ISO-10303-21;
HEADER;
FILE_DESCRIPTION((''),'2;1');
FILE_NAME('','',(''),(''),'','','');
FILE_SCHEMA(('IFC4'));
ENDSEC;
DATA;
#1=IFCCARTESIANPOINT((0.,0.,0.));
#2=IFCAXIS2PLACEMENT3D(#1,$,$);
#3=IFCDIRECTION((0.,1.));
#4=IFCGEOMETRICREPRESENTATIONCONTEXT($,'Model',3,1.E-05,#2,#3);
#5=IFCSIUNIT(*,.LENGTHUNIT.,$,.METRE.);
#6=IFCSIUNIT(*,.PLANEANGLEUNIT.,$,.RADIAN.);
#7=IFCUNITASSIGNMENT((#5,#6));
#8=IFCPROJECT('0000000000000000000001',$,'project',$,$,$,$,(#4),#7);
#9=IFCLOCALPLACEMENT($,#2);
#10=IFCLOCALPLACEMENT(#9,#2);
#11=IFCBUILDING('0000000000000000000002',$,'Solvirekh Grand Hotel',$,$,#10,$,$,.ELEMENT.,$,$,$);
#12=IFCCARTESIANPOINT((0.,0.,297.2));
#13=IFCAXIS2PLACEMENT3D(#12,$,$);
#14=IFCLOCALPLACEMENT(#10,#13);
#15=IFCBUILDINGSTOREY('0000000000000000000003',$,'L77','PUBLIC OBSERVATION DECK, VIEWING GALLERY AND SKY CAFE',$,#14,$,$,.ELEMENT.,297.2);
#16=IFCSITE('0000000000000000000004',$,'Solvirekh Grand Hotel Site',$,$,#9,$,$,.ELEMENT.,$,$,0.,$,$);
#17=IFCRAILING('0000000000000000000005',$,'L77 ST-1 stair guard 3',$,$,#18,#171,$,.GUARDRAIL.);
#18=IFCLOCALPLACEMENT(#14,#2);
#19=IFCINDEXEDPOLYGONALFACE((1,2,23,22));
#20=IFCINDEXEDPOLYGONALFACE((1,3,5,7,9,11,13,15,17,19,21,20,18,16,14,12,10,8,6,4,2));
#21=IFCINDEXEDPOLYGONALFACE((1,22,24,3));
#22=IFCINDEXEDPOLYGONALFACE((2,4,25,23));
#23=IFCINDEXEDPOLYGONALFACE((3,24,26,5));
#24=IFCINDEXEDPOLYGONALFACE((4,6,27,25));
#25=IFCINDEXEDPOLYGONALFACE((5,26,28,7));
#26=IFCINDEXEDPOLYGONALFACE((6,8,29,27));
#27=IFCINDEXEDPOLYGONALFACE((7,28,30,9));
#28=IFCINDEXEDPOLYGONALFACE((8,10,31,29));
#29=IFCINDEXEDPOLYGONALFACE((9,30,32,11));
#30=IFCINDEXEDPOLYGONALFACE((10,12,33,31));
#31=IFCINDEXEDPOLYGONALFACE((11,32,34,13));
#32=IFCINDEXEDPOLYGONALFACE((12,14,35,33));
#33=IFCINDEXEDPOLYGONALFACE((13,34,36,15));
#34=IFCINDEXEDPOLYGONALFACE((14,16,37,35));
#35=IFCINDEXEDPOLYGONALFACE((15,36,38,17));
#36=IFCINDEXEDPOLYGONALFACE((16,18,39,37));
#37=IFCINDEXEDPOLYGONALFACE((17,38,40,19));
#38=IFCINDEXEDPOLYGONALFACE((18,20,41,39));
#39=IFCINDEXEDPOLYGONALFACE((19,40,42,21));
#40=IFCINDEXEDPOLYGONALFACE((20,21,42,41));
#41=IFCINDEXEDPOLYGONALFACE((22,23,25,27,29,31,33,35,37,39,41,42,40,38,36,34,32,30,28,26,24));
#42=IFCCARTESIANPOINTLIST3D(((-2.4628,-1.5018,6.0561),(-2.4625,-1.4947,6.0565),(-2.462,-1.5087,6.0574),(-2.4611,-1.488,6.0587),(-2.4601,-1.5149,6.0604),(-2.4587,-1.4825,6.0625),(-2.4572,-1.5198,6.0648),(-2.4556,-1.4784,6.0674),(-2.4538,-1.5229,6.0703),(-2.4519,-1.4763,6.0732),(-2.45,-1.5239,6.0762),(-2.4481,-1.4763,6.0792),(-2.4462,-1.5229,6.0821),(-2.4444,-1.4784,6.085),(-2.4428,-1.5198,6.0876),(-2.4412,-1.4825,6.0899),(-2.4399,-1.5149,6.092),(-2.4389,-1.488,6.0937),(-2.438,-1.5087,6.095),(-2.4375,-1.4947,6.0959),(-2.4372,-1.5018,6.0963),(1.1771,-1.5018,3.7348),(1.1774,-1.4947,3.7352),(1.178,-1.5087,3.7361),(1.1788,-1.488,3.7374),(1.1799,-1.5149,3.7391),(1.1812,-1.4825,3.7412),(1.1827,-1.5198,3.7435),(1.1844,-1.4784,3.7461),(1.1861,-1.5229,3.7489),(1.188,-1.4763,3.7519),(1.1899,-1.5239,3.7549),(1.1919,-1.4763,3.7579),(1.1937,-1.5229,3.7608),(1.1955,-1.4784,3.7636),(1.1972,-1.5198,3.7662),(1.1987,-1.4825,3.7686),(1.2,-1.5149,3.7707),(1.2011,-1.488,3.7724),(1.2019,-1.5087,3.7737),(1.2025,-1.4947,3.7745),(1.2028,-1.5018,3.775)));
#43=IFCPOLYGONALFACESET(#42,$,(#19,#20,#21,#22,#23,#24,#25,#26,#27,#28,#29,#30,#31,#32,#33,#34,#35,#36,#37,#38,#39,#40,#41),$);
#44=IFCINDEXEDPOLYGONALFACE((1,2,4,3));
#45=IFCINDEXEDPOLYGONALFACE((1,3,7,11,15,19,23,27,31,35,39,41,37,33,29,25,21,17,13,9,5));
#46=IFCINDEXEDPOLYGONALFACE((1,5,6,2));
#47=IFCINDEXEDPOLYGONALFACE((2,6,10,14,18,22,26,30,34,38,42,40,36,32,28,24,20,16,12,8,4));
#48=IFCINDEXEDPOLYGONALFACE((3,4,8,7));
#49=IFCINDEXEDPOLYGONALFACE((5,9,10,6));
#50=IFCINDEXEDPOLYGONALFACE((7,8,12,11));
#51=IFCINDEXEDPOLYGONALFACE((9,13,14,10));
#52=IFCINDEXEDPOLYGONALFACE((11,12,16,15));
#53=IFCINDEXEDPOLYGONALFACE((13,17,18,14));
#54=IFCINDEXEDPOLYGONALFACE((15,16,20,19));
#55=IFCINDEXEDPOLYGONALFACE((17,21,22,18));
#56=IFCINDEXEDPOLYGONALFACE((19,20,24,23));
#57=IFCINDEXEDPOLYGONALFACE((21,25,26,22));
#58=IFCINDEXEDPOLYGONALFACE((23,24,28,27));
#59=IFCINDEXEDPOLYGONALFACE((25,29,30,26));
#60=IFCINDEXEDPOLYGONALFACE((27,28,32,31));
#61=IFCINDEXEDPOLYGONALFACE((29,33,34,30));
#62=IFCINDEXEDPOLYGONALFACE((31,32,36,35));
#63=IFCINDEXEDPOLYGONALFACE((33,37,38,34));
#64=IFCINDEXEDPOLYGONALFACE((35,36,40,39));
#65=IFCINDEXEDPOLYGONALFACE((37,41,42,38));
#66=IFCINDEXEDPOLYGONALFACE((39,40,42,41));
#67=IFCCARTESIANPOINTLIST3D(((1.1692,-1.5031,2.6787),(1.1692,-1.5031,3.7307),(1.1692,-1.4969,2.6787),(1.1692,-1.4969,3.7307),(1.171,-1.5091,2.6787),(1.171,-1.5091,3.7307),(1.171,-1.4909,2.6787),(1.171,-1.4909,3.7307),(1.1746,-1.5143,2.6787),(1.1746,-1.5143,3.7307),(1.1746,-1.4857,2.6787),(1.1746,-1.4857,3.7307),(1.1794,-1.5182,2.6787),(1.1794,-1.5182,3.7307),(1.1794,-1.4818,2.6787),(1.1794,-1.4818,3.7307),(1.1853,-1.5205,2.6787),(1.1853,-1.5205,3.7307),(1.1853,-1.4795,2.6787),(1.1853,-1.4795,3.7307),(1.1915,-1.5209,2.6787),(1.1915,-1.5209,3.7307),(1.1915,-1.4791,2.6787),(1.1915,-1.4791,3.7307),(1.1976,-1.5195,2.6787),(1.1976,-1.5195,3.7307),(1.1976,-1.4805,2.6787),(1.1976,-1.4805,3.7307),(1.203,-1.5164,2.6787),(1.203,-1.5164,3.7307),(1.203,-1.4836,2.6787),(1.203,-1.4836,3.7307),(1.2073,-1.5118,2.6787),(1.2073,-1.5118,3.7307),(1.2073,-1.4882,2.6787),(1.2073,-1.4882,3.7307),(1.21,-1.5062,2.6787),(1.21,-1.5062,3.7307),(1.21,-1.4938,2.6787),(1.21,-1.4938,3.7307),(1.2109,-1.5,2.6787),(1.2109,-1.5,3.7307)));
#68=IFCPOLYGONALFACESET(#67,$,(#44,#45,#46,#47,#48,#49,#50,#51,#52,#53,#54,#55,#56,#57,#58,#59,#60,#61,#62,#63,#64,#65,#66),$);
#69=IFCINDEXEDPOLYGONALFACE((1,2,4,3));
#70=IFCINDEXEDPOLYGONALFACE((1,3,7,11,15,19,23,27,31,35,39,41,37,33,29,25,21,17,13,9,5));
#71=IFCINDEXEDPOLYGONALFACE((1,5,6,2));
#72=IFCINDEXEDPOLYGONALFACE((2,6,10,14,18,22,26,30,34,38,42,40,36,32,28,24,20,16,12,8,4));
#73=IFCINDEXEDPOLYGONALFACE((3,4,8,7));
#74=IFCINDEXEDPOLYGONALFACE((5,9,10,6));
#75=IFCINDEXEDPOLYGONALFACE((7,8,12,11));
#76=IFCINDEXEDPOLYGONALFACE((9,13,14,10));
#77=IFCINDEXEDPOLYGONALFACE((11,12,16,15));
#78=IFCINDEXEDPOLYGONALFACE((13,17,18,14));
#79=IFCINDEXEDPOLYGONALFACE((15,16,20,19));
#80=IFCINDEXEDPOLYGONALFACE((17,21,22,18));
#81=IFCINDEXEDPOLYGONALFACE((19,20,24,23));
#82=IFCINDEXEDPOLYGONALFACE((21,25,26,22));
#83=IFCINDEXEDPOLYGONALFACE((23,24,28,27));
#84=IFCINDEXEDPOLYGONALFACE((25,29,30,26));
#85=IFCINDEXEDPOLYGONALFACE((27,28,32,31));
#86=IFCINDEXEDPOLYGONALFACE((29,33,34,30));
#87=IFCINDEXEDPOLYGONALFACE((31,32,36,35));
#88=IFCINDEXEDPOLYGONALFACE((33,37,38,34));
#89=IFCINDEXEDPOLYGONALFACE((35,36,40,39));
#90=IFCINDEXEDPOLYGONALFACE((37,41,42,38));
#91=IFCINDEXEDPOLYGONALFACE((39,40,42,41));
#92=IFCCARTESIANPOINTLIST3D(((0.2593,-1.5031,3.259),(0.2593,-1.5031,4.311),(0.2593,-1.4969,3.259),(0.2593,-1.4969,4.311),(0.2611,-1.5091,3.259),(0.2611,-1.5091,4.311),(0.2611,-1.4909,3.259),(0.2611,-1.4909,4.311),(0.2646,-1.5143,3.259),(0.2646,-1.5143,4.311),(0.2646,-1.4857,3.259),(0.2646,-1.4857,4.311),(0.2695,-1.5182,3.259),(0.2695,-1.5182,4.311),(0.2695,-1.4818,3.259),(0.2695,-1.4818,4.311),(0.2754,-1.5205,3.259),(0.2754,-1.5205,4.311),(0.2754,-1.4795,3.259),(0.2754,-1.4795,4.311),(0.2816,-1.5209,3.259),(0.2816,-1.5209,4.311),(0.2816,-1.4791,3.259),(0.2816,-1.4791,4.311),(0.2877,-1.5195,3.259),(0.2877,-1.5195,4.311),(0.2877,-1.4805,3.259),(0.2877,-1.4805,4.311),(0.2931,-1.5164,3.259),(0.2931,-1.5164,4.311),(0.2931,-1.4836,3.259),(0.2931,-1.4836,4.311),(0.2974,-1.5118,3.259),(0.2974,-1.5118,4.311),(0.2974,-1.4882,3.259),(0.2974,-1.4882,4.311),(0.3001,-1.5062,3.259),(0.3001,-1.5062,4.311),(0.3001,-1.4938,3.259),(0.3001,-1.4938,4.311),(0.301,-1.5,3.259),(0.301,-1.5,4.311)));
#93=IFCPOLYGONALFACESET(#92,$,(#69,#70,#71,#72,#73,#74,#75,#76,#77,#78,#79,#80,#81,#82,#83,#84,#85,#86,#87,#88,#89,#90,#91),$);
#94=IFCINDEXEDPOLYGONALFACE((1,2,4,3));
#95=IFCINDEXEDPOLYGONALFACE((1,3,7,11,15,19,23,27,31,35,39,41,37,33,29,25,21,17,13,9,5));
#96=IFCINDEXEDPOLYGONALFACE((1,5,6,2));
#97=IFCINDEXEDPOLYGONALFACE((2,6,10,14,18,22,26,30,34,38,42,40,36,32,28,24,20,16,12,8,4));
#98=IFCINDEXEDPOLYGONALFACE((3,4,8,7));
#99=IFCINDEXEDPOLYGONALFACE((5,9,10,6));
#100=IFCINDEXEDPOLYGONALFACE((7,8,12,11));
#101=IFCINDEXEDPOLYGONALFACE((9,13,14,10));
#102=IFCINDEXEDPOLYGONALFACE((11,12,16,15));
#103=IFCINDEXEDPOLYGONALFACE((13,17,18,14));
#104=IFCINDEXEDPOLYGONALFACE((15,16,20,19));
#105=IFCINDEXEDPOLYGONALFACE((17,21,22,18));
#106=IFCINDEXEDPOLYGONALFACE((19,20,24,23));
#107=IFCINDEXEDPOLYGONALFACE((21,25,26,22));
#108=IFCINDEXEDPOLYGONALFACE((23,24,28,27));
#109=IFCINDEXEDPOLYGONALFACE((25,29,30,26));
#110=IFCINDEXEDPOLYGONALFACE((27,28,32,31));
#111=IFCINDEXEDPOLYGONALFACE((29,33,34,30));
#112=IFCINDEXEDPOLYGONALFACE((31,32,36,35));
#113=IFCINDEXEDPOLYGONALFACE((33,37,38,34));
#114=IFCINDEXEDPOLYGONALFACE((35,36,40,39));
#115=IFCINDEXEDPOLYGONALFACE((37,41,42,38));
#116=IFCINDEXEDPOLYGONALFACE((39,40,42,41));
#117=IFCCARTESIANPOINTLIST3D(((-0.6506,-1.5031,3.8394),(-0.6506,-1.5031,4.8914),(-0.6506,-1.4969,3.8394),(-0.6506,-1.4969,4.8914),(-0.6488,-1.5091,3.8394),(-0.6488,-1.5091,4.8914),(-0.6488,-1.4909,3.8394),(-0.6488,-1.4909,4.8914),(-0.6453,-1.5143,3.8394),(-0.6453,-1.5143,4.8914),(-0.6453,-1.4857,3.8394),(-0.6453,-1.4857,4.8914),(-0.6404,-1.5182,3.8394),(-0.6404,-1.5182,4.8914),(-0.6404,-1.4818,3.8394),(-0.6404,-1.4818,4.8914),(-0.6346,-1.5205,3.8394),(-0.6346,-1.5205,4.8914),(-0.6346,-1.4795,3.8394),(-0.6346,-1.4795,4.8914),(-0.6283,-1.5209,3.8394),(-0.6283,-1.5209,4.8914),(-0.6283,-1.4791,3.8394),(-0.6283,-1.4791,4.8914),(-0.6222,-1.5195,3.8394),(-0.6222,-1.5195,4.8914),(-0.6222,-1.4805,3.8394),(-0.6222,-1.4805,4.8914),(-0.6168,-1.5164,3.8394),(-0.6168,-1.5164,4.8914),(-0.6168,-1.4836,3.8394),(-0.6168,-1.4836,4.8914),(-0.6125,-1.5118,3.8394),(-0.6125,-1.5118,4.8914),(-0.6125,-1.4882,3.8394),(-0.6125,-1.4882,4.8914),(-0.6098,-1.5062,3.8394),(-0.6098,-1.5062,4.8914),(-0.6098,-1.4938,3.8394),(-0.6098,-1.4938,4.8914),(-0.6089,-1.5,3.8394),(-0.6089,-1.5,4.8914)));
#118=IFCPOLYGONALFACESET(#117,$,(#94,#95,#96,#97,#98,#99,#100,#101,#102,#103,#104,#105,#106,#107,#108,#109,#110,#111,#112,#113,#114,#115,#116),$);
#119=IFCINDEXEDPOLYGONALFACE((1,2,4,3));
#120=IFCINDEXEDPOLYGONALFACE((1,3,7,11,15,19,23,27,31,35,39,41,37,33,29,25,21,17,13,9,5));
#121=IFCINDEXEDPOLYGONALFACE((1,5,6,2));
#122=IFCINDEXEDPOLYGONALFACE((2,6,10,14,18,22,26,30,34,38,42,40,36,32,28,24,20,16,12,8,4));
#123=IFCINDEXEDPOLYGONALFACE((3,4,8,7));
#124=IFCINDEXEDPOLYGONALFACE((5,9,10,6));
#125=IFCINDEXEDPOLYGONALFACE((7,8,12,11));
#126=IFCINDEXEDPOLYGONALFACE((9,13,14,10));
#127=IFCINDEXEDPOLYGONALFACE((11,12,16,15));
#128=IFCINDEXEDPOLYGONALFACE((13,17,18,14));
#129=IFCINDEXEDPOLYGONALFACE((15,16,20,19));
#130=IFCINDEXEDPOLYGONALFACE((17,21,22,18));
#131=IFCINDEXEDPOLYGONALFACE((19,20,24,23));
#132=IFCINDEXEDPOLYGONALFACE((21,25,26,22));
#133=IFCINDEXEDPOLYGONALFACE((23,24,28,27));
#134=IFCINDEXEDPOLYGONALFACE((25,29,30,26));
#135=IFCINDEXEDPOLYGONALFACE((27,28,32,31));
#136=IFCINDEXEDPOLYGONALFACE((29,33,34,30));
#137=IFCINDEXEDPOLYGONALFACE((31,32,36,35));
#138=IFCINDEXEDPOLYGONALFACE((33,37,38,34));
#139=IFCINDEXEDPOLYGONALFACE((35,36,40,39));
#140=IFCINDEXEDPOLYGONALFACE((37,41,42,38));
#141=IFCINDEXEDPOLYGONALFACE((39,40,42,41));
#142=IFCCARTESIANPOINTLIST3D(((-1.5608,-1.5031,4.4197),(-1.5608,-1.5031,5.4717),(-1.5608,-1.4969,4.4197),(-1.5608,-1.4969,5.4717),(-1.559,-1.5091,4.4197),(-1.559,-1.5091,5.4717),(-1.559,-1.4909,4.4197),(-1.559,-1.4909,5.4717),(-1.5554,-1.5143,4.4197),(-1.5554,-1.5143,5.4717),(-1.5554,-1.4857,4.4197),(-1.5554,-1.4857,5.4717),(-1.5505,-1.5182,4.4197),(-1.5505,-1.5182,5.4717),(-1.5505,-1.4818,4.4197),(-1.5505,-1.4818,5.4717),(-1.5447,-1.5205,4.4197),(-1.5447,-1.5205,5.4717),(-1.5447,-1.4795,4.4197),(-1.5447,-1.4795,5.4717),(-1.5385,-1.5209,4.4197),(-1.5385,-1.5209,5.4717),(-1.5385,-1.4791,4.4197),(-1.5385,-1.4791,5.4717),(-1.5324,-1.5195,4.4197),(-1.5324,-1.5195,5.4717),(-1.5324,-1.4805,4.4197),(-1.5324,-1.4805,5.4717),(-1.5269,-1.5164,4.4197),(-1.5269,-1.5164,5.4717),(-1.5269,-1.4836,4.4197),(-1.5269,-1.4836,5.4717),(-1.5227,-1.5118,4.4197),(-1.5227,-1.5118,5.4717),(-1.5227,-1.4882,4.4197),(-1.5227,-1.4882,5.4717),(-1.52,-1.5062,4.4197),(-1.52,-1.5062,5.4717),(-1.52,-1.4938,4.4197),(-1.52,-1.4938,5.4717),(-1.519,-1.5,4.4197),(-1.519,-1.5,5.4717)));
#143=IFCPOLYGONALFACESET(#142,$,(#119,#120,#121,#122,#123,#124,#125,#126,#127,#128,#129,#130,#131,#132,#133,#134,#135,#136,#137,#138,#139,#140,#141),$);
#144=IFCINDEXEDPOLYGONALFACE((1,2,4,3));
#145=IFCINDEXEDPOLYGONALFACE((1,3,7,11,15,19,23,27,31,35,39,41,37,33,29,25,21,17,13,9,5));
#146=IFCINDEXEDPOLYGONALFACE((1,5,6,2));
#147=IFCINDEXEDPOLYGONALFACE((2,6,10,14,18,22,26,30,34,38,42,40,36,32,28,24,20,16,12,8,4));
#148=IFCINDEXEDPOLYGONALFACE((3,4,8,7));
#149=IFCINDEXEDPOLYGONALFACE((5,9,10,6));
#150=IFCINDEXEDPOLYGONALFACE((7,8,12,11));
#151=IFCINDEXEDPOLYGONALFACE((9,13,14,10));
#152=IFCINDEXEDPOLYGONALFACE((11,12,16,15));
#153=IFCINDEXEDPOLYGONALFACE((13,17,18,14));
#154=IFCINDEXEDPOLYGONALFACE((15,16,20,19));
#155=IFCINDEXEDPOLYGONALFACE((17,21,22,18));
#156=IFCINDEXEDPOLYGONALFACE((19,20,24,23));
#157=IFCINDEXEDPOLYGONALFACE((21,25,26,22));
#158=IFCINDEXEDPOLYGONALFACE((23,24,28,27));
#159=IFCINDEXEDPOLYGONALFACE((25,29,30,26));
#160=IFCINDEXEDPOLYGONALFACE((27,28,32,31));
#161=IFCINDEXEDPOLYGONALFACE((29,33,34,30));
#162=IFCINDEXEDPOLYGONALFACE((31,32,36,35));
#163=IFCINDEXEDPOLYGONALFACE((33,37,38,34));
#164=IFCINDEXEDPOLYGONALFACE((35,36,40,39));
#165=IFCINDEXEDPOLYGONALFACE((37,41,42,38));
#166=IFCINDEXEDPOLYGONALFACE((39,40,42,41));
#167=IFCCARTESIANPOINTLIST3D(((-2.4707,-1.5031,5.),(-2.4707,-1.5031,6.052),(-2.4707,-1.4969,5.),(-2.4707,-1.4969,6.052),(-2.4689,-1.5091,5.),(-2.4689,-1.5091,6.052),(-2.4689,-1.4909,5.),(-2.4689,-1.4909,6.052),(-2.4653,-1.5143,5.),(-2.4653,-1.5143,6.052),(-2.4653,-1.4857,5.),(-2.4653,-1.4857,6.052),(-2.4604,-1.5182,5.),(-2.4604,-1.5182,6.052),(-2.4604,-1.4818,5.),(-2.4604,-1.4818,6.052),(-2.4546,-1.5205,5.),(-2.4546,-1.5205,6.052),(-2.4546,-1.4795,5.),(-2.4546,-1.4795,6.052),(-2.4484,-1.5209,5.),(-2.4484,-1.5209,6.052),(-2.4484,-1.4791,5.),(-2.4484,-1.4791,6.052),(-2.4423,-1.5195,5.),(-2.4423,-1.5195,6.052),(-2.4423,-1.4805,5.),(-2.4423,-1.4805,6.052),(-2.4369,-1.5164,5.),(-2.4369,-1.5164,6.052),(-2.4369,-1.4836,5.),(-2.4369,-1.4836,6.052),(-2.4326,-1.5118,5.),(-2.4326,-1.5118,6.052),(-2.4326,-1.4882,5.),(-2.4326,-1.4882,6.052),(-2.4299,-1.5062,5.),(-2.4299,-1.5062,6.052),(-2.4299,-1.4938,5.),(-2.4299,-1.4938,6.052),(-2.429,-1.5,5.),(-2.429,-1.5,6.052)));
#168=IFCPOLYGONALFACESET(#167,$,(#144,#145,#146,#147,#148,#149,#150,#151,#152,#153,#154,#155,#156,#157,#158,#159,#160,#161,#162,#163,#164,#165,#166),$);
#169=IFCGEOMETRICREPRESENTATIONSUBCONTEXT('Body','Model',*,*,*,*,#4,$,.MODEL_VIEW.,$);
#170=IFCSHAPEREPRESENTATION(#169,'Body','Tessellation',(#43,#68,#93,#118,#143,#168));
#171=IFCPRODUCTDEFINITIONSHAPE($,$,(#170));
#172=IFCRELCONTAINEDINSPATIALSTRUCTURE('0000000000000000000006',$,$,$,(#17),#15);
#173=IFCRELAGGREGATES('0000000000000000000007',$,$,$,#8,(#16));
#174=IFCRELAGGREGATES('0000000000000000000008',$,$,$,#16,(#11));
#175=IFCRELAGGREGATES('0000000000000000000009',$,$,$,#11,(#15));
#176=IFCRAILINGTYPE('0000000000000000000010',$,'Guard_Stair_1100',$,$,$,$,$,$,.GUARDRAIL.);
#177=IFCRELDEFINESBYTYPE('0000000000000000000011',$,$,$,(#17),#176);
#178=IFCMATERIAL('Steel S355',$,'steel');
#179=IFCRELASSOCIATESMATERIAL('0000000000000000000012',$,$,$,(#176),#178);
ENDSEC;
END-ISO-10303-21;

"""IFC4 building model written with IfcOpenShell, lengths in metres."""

from ifc_helpers import new_model, si_unit, direction, frame, origin, origin_2d, place, context, subcontext, project, spatial, circle, extrude, material, type_object, element, save


model = new_model("IFC4")

# Units and contexts
model_context = context("Model", 3, precision=1e-05, world=origin(), true_north=direction((0.0, 1.0)))
body_context = subcontext(model_context, "Body", "Model", "MODEL_VIEW")
ifc_project = project(units=[si_unit("LENGTHUNIT", "METRE"), si_unit("PLANEANGLEUNIT", "RADIAN")], contexts=[model_context])

# Site, building, storey
site_placement = place(None, origin())
site = spatial("IfcSite", under=ifc_project, at=site_placement, Name="Solvirekh Grand Hotel Site", CompositionType="ELEMENT", RefElevation=0.0)
building_placement = place(site_placement, origin())
building = spatial("IfcBuilding", under=site, at=building_placement, Name="Solvirekh Grand Hotel", CompositionType="ELEMENT")
storey_placement = place(building_placement, frame((0.0, 0.0, 297.2)))
storey = spatial("IfcBuildingStorey", under=building, at=storey_placement, Name="L77", Description="PUBLIC OBSERVATION DECK, VIEWING GALLERY AND SKY CAFE", CompositionType="ELEMENT", Elevation=297.2)

# Railing
ifc_material_1 = material(Name="Steel S355", Category="steel")
railing_type_1 = type_object("IfcRailingType", Name="Guard_Stair_1100", PredefinedType="GUARDRAIL", material=ifc_material_1)
railing_1_placement = place(storey_placement, frame((1.1899, -1.5, 2.6787)))
element("IfcRailing", 1, at=railing_1_placement, inside=storey, type_object=railing_type_1, Name="L77 ST-1 stair guard 3", PredefinedType="GUARDRAIL", context=body_context, shape_type="SweptSolid", body=[
    extrude(circle(Radius=0.0239, at=origin_2d()), frame((0.0, 0.0, 1.0762), z_axis=(-0.843137, 0.0, 0.537699), x_axis=(0.0, -1.0, 0.0)), (0.0, 0.0, 1.0), 4.3171),
    extrude(circle(Radius=0.021, at=origin_2d()), origin(), (0.0, 0.0, 1.0), 1.052),
    extrude(circle(Radius=0.021, at=origin_2d()), frame((-0.9099, 0.0, 0.5803)), (0.0, 0.0, 1.0), 1.052),
    extrude(circle(Radius=0.021, at=origin_2d()), frame((-1.8198, 0.0, 1.1606)), (0.0, 0.0, 1.0), 1.052),
    extrude(circle(Radius=0.021, at=origin_2d()), frame((-2.73, 0.0, 1.741)), (0.0, 0.0, 1.0), 1.052),
    extrude(circle(Radius=0.021, at=origin_2d()), frame((-3.6399, 0.0, 2.3213)), (0.0, 0.0, 1.0), 1.052),
])

save(model, "model.ifc")
